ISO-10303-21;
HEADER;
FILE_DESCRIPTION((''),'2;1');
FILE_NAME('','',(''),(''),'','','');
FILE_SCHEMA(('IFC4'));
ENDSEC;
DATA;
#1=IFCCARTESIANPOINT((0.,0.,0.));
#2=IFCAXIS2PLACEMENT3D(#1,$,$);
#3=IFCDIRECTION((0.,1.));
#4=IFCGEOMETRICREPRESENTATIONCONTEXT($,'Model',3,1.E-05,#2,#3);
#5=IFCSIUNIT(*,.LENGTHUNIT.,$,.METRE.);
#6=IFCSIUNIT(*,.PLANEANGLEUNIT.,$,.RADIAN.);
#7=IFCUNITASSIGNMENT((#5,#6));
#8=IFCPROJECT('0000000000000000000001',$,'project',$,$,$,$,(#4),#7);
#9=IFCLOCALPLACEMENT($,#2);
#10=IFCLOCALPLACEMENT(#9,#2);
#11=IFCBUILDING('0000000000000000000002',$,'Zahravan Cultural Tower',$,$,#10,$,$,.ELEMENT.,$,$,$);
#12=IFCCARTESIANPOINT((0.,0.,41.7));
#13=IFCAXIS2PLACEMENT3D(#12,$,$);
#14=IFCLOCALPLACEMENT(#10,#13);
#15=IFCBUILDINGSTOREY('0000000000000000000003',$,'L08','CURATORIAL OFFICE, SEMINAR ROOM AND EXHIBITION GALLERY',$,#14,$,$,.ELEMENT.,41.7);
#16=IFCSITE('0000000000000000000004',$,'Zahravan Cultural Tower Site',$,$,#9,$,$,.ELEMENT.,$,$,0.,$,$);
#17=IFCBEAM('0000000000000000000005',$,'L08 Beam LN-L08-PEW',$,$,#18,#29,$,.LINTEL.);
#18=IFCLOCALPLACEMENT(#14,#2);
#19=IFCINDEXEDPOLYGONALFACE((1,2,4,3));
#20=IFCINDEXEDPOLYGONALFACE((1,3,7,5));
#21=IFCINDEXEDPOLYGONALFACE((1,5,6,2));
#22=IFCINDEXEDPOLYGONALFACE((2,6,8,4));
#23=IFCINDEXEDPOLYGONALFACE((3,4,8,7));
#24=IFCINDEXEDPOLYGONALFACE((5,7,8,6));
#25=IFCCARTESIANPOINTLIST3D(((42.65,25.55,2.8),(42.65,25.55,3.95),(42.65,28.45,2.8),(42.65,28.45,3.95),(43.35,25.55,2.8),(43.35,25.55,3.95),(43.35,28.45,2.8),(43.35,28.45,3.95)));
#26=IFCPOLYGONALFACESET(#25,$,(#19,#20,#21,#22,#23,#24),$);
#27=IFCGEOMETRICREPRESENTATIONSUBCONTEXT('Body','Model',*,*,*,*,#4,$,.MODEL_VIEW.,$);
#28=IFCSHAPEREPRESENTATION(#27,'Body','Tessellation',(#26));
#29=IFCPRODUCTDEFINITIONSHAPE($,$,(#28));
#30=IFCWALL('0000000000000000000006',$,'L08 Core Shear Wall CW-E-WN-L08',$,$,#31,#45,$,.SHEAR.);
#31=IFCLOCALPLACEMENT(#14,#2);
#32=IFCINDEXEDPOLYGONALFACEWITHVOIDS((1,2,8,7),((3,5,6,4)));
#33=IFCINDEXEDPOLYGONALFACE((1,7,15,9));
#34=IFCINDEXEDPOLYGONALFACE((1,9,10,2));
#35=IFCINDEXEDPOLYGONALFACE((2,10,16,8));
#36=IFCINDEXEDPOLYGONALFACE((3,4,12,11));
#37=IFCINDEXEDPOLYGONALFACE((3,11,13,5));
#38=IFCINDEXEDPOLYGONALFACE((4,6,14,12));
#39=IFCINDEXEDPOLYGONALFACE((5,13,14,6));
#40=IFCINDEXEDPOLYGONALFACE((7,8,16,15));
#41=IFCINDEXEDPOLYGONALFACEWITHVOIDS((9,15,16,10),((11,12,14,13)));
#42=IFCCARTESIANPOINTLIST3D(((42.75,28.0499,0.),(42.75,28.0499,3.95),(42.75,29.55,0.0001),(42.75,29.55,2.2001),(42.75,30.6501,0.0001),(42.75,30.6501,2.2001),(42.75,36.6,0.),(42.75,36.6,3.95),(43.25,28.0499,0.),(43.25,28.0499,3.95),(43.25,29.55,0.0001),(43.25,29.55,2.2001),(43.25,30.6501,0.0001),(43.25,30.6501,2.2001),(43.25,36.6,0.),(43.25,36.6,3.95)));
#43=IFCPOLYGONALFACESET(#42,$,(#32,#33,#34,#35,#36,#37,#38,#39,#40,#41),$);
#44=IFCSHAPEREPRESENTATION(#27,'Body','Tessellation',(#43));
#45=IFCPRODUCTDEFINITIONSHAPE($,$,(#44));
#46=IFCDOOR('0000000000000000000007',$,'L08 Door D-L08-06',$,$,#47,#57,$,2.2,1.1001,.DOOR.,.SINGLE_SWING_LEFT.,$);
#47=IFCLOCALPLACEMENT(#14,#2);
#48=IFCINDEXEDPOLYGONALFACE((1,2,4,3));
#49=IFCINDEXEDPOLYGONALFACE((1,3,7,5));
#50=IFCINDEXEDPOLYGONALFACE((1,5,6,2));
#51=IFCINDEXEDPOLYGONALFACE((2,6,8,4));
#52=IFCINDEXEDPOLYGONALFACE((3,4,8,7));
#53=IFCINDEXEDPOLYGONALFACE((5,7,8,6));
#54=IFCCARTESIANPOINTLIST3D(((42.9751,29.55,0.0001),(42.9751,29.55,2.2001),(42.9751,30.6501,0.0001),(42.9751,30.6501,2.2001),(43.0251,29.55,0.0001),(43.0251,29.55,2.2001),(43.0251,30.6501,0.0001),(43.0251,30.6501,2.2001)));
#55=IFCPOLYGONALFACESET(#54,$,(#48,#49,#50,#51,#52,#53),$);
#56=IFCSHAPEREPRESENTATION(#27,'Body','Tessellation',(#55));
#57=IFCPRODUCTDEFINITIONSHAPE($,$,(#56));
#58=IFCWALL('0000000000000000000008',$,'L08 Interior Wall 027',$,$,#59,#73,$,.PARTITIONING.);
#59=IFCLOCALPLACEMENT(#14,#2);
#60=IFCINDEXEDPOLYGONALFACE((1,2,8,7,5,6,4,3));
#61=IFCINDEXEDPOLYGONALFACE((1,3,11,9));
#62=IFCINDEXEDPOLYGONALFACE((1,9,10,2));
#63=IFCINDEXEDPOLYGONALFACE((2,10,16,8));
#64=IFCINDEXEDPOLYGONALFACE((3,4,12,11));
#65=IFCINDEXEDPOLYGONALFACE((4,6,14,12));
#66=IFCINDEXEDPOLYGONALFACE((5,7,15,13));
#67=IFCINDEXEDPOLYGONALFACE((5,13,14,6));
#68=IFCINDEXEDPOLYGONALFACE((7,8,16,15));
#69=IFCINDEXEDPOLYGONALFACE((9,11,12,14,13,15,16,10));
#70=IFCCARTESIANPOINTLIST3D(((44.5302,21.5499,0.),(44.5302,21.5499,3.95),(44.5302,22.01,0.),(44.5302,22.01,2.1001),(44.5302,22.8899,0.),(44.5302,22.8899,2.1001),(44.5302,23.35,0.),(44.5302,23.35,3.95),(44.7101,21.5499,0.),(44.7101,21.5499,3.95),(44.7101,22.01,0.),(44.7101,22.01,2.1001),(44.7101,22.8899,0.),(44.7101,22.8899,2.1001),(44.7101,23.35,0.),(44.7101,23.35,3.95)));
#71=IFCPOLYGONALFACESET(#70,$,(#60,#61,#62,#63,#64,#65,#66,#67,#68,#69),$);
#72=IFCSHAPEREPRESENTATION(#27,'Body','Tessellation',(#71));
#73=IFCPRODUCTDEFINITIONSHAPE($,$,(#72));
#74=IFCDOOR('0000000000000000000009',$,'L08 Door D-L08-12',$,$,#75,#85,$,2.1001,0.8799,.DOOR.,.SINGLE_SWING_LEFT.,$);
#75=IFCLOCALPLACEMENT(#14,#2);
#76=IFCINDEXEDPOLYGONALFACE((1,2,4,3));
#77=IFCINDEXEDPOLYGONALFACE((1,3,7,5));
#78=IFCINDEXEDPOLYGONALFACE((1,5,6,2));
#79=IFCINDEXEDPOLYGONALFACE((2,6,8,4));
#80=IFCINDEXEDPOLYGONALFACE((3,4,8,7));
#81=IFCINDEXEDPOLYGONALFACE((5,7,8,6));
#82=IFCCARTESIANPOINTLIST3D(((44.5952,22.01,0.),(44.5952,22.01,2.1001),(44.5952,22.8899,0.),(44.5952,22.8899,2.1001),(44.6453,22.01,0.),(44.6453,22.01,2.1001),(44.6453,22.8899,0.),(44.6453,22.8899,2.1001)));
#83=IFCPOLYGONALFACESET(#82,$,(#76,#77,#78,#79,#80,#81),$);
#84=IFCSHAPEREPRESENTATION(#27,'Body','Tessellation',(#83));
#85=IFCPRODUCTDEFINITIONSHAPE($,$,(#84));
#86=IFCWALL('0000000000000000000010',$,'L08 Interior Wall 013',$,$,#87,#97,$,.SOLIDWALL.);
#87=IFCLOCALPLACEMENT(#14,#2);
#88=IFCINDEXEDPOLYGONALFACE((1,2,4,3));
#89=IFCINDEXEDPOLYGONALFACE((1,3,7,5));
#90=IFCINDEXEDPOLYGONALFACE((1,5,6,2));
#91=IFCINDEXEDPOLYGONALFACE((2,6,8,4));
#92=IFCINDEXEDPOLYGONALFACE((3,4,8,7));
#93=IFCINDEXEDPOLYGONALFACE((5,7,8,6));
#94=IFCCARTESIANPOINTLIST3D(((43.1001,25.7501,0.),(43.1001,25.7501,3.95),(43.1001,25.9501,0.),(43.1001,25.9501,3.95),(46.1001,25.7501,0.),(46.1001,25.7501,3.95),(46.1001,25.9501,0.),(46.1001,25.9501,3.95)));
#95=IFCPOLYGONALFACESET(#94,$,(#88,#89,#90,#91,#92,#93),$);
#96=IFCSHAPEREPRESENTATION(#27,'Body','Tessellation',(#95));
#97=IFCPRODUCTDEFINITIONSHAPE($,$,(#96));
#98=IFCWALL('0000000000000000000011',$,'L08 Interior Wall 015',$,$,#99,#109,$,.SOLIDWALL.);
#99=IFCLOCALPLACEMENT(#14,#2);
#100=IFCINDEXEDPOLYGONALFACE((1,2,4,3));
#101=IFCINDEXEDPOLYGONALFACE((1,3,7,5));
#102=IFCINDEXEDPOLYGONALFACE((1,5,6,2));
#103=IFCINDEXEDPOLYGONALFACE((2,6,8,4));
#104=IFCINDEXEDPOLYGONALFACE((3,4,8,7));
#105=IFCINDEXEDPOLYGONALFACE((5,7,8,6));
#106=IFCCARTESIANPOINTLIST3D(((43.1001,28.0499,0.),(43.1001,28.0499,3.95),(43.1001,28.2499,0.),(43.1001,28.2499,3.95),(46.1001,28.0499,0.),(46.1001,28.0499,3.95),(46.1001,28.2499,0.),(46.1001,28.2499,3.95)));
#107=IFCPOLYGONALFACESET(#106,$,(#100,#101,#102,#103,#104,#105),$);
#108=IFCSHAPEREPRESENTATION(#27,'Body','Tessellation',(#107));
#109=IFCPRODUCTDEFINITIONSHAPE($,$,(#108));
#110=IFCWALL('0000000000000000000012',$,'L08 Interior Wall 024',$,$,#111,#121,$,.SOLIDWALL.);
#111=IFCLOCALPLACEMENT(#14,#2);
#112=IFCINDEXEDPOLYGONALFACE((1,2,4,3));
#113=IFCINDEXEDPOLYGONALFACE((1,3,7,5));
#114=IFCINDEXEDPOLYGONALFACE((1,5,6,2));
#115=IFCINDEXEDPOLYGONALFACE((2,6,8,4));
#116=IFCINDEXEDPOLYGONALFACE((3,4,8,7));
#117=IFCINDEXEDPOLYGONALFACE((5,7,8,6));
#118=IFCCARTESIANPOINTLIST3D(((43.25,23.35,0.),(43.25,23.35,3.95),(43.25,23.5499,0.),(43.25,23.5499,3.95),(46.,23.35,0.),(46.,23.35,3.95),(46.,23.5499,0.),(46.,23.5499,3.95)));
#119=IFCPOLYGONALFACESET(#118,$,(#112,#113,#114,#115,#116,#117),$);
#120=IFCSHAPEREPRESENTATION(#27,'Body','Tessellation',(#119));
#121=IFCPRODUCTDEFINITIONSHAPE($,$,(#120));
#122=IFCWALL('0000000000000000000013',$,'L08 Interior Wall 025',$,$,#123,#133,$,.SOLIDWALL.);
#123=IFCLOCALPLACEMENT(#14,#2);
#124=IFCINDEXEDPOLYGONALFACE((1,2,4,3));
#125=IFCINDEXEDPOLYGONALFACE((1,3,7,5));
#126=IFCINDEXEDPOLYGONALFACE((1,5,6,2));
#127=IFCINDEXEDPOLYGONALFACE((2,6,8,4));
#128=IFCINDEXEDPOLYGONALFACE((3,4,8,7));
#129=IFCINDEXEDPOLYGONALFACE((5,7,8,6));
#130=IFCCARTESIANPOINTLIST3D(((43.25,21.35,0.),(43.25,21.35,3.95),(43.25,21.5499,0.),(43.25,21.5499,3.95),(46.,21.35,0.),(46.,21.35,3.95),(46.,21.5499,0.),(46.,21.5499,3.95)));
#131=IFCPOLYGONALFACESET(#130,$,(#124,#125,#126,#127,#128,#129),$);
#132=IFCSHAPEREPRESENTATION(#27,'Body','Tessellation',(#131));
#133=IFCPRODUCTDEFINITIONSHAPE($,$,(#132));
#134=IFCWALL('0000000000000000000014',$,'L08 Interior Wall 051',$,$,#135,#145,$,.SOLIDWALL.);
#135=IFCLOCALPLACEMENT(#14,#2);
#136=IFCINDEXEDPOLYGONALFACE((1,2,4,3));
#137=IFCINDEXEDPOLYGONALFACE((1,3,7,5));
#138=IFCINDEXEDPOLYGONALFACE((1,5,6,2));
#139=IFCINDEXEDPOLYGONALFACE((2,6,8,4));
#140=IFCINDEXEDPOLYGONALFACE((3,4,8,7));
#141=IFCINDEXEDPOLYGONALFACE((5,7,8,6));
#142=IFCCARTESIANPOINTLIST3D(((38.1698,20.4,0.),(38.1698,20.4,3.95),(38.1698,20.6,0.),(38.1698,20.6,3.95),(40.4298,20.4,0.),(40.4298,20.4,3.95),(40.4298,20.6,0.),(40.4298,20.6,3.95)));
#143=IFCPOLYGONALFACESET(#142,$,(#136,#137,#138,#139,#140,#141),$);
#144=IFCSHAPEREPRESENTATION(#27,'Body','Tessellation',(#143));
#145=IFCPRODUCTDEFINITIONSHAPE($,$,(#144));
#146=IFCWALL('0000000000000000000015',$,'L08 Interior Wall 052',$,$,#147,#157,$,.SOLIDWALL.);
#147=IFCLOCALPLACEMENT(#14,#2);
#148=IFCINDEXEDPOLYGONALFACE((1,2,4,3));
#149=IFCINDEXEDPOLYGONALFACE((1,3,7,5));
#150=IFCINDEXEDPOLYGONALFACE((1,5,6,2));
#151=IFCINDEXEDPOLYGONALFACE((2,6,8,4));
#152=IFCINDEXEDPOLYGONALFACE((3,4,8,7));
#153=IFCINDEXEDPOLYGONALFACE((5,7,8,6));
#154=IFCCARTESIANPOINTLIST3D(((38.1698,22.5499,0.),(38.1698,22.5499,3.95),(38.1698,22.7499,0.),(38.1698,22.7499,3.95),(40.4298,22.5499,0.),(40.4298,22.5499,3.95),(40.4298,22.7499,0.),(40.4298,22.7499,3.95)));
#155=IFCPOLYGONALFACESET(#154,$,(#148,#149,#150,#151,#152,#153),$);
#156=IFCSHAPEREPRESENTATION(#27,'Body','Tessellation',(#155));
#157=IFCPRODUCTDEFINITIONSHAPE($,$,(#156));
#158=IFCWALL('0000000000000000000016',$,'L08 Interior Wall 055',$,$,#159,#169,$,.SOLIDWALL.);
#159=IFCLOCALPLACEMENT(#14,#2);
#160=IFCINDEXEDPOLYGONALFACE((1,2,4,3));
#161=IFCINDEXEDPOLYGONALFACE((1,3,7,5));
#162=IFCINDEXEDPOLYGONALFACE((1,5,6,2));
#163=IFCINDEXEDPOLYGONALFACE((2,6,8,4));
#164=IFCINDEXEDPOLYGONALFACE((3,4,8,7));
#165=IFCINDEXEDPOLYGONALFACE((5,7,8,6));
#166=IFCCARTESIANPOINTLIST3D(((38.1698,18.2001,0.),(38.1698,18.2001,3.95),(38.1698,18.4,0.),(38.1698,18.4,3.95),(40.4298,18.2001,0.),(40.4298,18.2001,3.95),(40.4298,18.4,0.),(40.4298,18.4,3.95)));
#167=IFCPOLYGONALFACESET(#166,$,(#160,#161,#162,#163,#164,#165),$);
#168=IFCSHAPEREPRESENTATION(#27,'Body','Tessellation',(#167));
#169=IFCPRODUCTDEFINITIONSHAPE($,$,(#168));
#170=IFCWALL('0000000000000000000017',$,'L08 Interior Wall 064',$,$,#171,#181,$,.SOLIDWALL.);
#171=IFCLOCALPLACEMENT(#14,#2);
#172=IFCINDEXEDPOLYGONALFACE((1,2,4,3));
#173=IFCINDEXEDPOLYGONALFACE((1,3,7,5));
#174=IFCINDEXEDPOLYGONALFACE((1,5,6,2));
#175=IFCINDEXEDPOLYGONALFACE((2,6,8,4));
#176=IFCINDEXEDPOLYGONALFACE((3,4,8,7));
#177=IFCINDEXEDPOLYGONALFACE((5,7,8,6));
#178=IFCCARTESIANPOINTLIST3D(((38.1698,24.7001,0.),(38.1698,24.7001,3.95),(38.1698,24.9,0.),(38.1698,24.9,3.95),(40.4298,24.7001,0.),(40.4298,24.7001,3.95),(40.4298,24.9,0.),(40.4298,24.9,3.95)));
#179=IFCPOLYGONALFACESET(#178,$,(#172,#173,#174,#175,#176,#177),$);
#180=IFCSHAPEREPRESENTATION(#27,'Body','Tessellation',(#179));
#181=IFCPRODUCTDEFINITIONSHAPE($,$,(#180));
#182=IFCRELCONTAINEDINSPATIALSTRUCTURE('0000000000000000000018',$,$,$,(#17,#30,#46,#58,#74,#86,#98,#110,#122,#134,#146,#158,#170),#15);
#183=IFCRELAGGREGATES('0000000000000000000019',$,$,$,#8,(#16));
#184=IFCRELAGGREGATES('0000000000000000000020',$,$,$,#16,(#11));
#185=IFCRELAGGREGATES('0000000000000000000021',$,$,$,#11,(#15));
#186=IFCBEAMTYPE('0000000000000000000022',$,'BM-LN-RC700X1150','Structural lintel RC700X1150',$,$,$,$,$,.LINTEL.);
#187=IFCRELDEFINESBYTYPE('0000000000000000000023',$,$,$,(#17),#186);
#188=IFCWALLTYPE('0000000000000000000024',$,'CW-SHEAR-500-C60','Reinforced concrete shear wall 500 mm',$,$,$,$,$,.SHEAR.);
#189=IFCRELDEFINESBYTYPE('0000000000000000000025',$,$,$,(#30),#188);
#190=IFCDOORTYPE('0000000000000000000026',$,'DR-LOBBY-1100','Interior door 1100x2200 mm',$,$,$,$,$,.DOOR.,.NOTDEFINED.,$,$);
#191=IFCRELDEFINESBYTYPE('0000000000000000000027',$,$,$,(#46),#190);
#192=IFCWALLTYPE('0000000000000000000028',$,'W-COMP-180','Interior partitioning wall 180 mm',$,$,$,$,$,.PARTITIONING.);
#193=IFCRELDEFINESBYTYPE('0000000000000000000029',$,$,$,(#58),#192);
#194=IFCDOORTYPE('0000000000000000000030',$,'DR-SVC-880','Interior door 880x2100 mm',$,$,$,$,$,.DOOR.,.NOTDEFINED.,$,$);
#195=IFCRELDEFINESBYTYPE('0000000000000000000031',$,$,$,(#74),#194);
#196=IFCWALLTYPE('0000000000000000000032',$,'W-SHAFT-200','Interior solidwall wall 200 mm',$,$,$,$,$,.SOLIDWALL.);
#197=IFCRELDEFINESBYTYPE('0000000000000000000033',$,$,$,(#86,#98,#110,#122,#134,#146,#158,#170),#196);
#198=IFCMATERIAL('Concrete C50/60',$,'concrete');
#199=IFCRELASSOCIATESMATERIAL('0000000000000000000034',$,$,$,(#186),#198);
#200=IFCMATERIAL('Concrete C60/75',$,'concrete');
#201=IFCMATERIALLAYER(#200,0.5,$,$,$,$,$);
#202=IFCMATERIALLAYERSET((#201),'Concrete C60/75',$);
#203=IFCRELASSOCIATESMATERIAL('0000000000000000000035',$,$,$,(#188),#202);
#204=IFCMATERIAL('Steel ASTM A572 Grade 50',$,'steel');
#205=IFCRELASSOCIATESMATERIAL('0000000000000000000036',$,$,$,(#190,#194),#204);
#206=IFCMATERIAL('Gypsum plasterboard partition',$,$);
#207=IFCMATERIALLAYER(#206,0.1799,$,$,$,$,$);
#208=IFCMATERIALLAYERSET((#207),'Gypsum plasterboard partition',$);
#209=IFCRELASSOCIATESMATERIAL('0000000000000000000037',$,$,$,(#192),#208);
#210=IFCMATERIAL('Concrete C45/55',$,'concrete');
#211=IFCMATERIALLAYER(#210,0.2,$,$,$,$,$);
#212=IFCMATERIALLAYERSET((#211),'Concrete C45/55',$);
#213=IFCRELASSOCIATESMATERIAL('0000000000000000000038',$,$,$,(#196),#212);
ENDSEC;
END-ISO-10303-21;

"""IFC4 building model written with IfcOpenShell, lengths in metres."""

from ifc_helpers import new_model, si_unit, direction, frame, frame_2d, origin, origin_2d, place, context, subcontext, project, spatial, rectangle, extrude, source, transform, mapped, material, layer, layer_set, material_profile, profile_set, type_object, element, fill, save


model = new_model("IFC4")

# Units and contexts
model_context = context("Model", 3, precision=1e-05, world=origin(), true_north=direction((0.0, 1.0)))
body_context = subcontext(model_context, "Body", "Model", "MODEL_VIEW")
ifc_project = project(units=[si_unit("LENGTHUNIT", "METRE"), si_unit("PLANEANGLEUNIT", "RADIAN")], contexts=[model_context])

# Site, building, storey
site_placement = place(None, origin())
site = spatial("IfcSite", under=ifc_project, at=site_placement, Name="Zahravan Cultural Tower Site", CompositionType="ELEMENT", RefElevation=0.0)
building_placement = place(site_placement, origin())
building = spatial("IfcBuilding", under=site, at=building_placement, Name="Zahravan Cultural Tower", CompositionType="ELEMENT")
storey_placement = place(building_placement, frame((0.0, 0.0, 41.7)))
storey = spatial("IfcBuildingStorey", under=building, at=storey_placement, Name="L08", Description="CURATORIAL OFFICE, SEMINAR ROOM AND EXHIBITION GALLERY", CompositionType="ELEMENT", Elevation=41.7)

# Beam
ifc_material_1 = material(Name="Concrete C50/60", Category="concrete")
ifc_material_profile = material_profile(ifc_material_1, rectangle(XDim=0.7, YDim=1.1499, at=origin_2d()), Name="RC700X1150")
ifc_profile_set = profile_set([ifc_material_profile], Name="Concrete C50/60")
beam_type = type_object("IfcBeamType", Name="BM-LN-RC700X1150", Description="Structural lintel RC700X1150", PredefinedType="LINTEL", material=ifc_profile_set)
shared_shape_1 = source(origin(), body_context, "Body", "SweptSolid", [
    extrude(rectangle(XDim=0.7, YDim=1.1499, at=origin_2d()), origin(), (0.0, 0.0, 1.0), 2.8999),
])
beam_placement = place(storey_placement, frame((43.0, 25.55, 3.375), z_axis=(0.0, 1.0, 0.0), x_axis=(-1.0, 0.0, 0.0)))
element("IfcBeam", 1, at=beam_placement, inside=storey, type_object=beam_type, Name="L08 Beam LN-L08-PEW", PredefinedType="LINTEL", context=body_context, shape_type="MappedRepresentation", body=[
    mapped(shared_shape_1, transform((0.0, 0.0, 0.0), x_axis=(1.0, 0.0, 0.0), y_axis=(0.0, 1.0, 0.0), z_axis=(0.0, 0.0, 1.0), scale=1.0)),
])

# Walls, openings, doors
ifc_material_2 = material(Name="Concrete C60/75", Category="concrete")
ifc_layer_1 = layer(ifc_material_2, 0.5)
ifc_layer_set_1 = layer_set([ifc_layer_1], Name="Concrete C60/75")
wall_type_1 = type_object("IfcWallType", Name="CW-SHEAR-500-C60", Description="Reinforced concrete shear wall 500 mm", PredefinedType="SHEAR", material=ifc_layer_set_1)
wall_1_placement = place(storey_placement, frame((43.0, 28.05, 0.0), z_axis=(0.0, 0.0, 1.0), x_axis=(0.0, 1.0, 0.0)))
wall_1 = element("IfcWall", 2, at=wall_1_placement, inside=storey, type_object=wall_type_1, Name="L08 Core Shear Wall CW-E-WN-L08", PredefinedType="SHEAR", context=body_context, shape_type="SweptSolid", body=[
    extrude(rectangle(XDim=8.55, YDim=0.5, at=frame_2d((4.2749, 0.0))), origin(), (0.0, 0.0, 1.0), 3.95),
])
opening_1_placement = place(wall_1_placement, frame((1.5, 0.0, 0.0)))
opening_1 = element("IfcOpeningElement", 3, at=opening_1_placement, cuts=wall_1, PredefinedType="OPENING", context=body_context, shape_type="SweptSolid", body=[
    extrude(rectangle(XDim=1.1001, YDim=2.2, at=frame_2d((0.55, 1.1001))), frame((0.0, 0.26, 0.0), z_axis=(0.0, -1.0, 0.0), x_axis=(1.0, 0.0, 0.0)), (0.0, 0.0, 1.0), 0.52),
])
ifc_material_3 = material(Name="Steel ASTM A572 Grade 50", Category="steel")
door_type_1 = type_object("IfcDoorType", Name="DR-LOBBY-1100", Description="Interior door 1100x2200 mm", OperationType="NOTDEFINED", PredefinedType="DOOR", material=ifc_material_3)
shared_shape_2 = source(origin(), body_context, "Body", "SweptSolid", [
    extrude(rectangle(XDim=1.1001, YDim=2.2, at=frame_2d((0.55, 1.1001))), frame((0.0, 0.0249, 0.0), z_axis=(0.0, -1.0, 0.0), x_axis=(1.0, 0.0, 0.0)), (0.0, 0.0, 1.0), 0.05),
])
door_1_placement = place(opening_1_placement, origin())
door_1 = element("IfcDoor", 4, at=door_1_placement, inside=storey, type_object=door_type_1, Name="L08 Door D-L08-06", OperationType="SINGLE_SWING_LEFT", OverallHeight=2.2, OverallWidth=1.1001, PredefinedType="DOOR", context=body_context, shape_type="MappedRepresentation", body=[
    mapped(shared_shape_2, transform((0.0, 0.0, 0.0), x_axis=(1.0, 0.0, 0.0), y_axis=(0.0, 1.0, 0.0), z_axis=(0.0, 0.0, 1.0), scale=1.0)),
])
fill(opening_1, door_1)
ifc_material_4 = material(Name="Gypsum plasterboard partition")
ifc_layer_2 = layer(ifc_material_4, 0.1799)
ifc_layer_set_2 = layer_set([ifc_layer_2], Name="Gypsum plasterboard partition")
wall_type_2 = type_object("IfcWallType", Name="W-COMP-180", Description="Interior partitioning wall 180 mm", PredefinedType="PARTITIONING", material=ifc_layer_set_2)
wall_2_placement = place(storey_placement, frame((44.6201, 21.55, 0.0), z_axis=(0.0, 0.0, 1.0), x_axis=(0.0, 1.0, 0.0)))
wall_2 = element("IfcWall", 5, at=wall_2_placement, inside=storey, type_object=wall_type_2, Name="L08 Interior Wall 027", PredefinedType="PARTITIONING", context=body_context, shape_type="SweptSolid", body=[
    extrude(rectangle(XDim=1.8, YDim=0.1799, at=frame_2d((0.8999, 0.0))), origin(), (0.0, 0.0, 1.0), 3.95),
])
opening_2_placement = place(wall_2_placement, frame((0.46, 0.0, 0.0)))
opening_2 = element("IfcOpeningElement", 6, at=opening_2_placement, cuts=wall_2, PredefinedType="OPENING", context=body_context, shape_type="SweptSolid", body=[
    extrude(rectangle(XDim=0.8799, YDim=2.1001, at=frame_2d((0.4399, 1.05))), frame((0.0, 0.0999, 0.0), z_axis=(0.0, -1.0, 0.0), x_axis=(1.0, 0.0, 0.0)), (0.0, 0.0, 1.0), 0.2),
])
door_type_2 = type_object("IfcDoorType", Name="DR-SVC-880", Description="Interior door 880x2100 mm", OperationType="NOTDEFINED", PredefinedType="DOOR", material=ifc_material_3)
shared_shape_3 = source(origin(), body_context, "Body", "SweptSolid", [
    extrude(rectangle(XDim=0.8799, YDim=2.1001, at=frame_2d((0.4399, 1.05))), frame((0.0, 0.0249, 0.0), z_axis=(0.0, -1.0, 0.0), x_axis=(1.0, 0.0, 0.0)), (0.0, 0.0, 1.0), 0.05),
])
door_2_placement = place(opening_2_placement, origin())
door_2 = element("IfcDoor", 7, at=door_2_placement, inside=storey, type_object=door_type_2, Name="L08 Door D-L08-12", OperationType="SINGLE_SWING_LEFT", OverallHeight=2.1001, OverallWidth=0.8799, PredefinedType="DOOR", context=body_context, shape_type="MappedRepresentation", body=[
    mapped(shared_shape_3, transform((0.0, 0.0, 0.0), x_axis=(1.0, 0.0, 0.0), y_axis=(0.0, 1.0, 0.0), z_axis=(0.0, 0.0, 1.0), scale=1.0)),
])
fill(opening_2, door_2)
ifc_material_5 = material(Name="Concrete C45/55", Category="concrete")
ifc_layer_3 = layer(ifc_material_5, 0.2)
ifc_layer_set_3 = layer_set([ifc_layer_3], Name="Concrete C45/55")
wall_type_3 = type_object("IfcWallType", Name="W-SHAFT-200", Description="Interior solidwall wall 200 mm", PredefinedType="SOLIDWALL", material=ifc_layer_set_3)

# Walls
shared_shape_4 = source(origin(), body_context, "Body", "SweptSolid", [
    extrude(rectangle(XDim=3.0, YDim=0.2, at=frame_2d((1.5, 0.0))), origin(), (0.0, 0.0, 1.0), 3.95),
])
for number, where, z_axis, x_axis, name in (
    (8, (43.1001, 25.8501, 0.0), (0.0, 0.0, 1.0), (1.0, 0.0, 0.0), "L08 Interior Wall 013"),
    (9, (43.1001, 28.1499, 0.0), (0.0, 0.0, 1.0), (1.0, 0.0, 0.0), "L08 Interior Wall 015"),
):
    element("IfcWall", number, at=place(storey_placement, frame(where, z_axis=z_axis, x_axis=x_axis)), inside=storey, type_object=wall_type_3, Name=name, PredefinedType="SOLIDWALL", context=body_context, shape_type="MappedRepresentation", body=[
        mapped(shared_shape_4, transform((0.0, 0.0, 0.0), x_axis=(1.0, 0.0, 0.0), y_axis=(0.0, 1.0, 0.0), z_axis=(0.0, 0.0, 1.0), scale=1.0)),
    ])
shared_shape_5 = source(origin(), body_context, "Body", "SweptSolid", [
    extrude(rectangle(XDim=2.75, YDim=0.2, at=frame_2d((1.375, 0.0))), origin(), (0.0, 0.0, 1.0), 3.95),
])
for number, where, z_axis, x_axis, name in (
    (10, (43.25, 23.45, 0.0), (0.0, 0.0, 1.0), (1.0, 0.0, 0.0), "L08 Interior Wall 024"),
    (11, (43.25, 21.45, 0.0), (0.0, 0.0, 1.0), (1.0, 0.0, 0.0), "L08 Interior Wall 025"),
):
    element("IfcWall", number, at=place(storey_placement, frame(where, z_axis=z_axis, x_axis=x_axis)), inside=storey, type_object=wall_type_3, Name=name, PredefinedType="SOLIDWALL", context=body_context, shape_type="MappedRepresentation", body=[
        mapped(shared_shape_5, transform((0.0, 0.0, 0.0), x_axis=(1.0, 0.0, 0.0), y_axis=(0.0, 1.0, 0.0), z_axis=(0.0, 0.0, 1.0), scale=1.0)),
    ])
shared_shape_6 = source(origin(), body_context, "Body", "SweptSolid", [
    extrude(rectangle(XDim=2.26, YDim=0.2, at=frame_2d((1.1299, 0.0))), origin(), (0.0, 0.0, 1.0), 3.95),
])
for number, where, z_axis, x_axis, name in (
    (12, (38.1699, 20.5, 0.0), (0.0, 0.0, 1.0), (1.0, 0.0, 0.0), "L08 Interior Wall 051"),
    (13, (38.1699, 22.6499, 0.0), (0.0, 0.0, 1.0), (1.0, 0.0, 0.0), "L08 Interior Wall 052"),
    (14, (38.1699, 18.3, 0.0), (0.0, 0.0, 1.0), (1.0, 0.0, 0.0), "L08 Interior Wall 055"),
    (15, (38.1699, 24.8, 0.0), (0.0, 0.0, 1.0), (1.0, 0.0, 0.0), "L08 Interior Wall 064"),
):
    element("IfcWall", number, at=place(storey_placement, frame(where, z_axis=z_axis, x_axis=x_axis)), inside=storey, type_object=wall_type_3, Name=name, PredefinedType="SOLIDWALL", context=body_context, shape_type="MappedRepresentation", body=[
        mapped(shared_shape_6, transform((0.0, 0.0, 0.0), x_axis=(1.0, 0.0, 0.0), y_axis=(0.0, 1.0, 0.0), z_axis=(0.0, 0.0, 1.0), scale=1.0)),
    ])

save(model, "model.ifc")
